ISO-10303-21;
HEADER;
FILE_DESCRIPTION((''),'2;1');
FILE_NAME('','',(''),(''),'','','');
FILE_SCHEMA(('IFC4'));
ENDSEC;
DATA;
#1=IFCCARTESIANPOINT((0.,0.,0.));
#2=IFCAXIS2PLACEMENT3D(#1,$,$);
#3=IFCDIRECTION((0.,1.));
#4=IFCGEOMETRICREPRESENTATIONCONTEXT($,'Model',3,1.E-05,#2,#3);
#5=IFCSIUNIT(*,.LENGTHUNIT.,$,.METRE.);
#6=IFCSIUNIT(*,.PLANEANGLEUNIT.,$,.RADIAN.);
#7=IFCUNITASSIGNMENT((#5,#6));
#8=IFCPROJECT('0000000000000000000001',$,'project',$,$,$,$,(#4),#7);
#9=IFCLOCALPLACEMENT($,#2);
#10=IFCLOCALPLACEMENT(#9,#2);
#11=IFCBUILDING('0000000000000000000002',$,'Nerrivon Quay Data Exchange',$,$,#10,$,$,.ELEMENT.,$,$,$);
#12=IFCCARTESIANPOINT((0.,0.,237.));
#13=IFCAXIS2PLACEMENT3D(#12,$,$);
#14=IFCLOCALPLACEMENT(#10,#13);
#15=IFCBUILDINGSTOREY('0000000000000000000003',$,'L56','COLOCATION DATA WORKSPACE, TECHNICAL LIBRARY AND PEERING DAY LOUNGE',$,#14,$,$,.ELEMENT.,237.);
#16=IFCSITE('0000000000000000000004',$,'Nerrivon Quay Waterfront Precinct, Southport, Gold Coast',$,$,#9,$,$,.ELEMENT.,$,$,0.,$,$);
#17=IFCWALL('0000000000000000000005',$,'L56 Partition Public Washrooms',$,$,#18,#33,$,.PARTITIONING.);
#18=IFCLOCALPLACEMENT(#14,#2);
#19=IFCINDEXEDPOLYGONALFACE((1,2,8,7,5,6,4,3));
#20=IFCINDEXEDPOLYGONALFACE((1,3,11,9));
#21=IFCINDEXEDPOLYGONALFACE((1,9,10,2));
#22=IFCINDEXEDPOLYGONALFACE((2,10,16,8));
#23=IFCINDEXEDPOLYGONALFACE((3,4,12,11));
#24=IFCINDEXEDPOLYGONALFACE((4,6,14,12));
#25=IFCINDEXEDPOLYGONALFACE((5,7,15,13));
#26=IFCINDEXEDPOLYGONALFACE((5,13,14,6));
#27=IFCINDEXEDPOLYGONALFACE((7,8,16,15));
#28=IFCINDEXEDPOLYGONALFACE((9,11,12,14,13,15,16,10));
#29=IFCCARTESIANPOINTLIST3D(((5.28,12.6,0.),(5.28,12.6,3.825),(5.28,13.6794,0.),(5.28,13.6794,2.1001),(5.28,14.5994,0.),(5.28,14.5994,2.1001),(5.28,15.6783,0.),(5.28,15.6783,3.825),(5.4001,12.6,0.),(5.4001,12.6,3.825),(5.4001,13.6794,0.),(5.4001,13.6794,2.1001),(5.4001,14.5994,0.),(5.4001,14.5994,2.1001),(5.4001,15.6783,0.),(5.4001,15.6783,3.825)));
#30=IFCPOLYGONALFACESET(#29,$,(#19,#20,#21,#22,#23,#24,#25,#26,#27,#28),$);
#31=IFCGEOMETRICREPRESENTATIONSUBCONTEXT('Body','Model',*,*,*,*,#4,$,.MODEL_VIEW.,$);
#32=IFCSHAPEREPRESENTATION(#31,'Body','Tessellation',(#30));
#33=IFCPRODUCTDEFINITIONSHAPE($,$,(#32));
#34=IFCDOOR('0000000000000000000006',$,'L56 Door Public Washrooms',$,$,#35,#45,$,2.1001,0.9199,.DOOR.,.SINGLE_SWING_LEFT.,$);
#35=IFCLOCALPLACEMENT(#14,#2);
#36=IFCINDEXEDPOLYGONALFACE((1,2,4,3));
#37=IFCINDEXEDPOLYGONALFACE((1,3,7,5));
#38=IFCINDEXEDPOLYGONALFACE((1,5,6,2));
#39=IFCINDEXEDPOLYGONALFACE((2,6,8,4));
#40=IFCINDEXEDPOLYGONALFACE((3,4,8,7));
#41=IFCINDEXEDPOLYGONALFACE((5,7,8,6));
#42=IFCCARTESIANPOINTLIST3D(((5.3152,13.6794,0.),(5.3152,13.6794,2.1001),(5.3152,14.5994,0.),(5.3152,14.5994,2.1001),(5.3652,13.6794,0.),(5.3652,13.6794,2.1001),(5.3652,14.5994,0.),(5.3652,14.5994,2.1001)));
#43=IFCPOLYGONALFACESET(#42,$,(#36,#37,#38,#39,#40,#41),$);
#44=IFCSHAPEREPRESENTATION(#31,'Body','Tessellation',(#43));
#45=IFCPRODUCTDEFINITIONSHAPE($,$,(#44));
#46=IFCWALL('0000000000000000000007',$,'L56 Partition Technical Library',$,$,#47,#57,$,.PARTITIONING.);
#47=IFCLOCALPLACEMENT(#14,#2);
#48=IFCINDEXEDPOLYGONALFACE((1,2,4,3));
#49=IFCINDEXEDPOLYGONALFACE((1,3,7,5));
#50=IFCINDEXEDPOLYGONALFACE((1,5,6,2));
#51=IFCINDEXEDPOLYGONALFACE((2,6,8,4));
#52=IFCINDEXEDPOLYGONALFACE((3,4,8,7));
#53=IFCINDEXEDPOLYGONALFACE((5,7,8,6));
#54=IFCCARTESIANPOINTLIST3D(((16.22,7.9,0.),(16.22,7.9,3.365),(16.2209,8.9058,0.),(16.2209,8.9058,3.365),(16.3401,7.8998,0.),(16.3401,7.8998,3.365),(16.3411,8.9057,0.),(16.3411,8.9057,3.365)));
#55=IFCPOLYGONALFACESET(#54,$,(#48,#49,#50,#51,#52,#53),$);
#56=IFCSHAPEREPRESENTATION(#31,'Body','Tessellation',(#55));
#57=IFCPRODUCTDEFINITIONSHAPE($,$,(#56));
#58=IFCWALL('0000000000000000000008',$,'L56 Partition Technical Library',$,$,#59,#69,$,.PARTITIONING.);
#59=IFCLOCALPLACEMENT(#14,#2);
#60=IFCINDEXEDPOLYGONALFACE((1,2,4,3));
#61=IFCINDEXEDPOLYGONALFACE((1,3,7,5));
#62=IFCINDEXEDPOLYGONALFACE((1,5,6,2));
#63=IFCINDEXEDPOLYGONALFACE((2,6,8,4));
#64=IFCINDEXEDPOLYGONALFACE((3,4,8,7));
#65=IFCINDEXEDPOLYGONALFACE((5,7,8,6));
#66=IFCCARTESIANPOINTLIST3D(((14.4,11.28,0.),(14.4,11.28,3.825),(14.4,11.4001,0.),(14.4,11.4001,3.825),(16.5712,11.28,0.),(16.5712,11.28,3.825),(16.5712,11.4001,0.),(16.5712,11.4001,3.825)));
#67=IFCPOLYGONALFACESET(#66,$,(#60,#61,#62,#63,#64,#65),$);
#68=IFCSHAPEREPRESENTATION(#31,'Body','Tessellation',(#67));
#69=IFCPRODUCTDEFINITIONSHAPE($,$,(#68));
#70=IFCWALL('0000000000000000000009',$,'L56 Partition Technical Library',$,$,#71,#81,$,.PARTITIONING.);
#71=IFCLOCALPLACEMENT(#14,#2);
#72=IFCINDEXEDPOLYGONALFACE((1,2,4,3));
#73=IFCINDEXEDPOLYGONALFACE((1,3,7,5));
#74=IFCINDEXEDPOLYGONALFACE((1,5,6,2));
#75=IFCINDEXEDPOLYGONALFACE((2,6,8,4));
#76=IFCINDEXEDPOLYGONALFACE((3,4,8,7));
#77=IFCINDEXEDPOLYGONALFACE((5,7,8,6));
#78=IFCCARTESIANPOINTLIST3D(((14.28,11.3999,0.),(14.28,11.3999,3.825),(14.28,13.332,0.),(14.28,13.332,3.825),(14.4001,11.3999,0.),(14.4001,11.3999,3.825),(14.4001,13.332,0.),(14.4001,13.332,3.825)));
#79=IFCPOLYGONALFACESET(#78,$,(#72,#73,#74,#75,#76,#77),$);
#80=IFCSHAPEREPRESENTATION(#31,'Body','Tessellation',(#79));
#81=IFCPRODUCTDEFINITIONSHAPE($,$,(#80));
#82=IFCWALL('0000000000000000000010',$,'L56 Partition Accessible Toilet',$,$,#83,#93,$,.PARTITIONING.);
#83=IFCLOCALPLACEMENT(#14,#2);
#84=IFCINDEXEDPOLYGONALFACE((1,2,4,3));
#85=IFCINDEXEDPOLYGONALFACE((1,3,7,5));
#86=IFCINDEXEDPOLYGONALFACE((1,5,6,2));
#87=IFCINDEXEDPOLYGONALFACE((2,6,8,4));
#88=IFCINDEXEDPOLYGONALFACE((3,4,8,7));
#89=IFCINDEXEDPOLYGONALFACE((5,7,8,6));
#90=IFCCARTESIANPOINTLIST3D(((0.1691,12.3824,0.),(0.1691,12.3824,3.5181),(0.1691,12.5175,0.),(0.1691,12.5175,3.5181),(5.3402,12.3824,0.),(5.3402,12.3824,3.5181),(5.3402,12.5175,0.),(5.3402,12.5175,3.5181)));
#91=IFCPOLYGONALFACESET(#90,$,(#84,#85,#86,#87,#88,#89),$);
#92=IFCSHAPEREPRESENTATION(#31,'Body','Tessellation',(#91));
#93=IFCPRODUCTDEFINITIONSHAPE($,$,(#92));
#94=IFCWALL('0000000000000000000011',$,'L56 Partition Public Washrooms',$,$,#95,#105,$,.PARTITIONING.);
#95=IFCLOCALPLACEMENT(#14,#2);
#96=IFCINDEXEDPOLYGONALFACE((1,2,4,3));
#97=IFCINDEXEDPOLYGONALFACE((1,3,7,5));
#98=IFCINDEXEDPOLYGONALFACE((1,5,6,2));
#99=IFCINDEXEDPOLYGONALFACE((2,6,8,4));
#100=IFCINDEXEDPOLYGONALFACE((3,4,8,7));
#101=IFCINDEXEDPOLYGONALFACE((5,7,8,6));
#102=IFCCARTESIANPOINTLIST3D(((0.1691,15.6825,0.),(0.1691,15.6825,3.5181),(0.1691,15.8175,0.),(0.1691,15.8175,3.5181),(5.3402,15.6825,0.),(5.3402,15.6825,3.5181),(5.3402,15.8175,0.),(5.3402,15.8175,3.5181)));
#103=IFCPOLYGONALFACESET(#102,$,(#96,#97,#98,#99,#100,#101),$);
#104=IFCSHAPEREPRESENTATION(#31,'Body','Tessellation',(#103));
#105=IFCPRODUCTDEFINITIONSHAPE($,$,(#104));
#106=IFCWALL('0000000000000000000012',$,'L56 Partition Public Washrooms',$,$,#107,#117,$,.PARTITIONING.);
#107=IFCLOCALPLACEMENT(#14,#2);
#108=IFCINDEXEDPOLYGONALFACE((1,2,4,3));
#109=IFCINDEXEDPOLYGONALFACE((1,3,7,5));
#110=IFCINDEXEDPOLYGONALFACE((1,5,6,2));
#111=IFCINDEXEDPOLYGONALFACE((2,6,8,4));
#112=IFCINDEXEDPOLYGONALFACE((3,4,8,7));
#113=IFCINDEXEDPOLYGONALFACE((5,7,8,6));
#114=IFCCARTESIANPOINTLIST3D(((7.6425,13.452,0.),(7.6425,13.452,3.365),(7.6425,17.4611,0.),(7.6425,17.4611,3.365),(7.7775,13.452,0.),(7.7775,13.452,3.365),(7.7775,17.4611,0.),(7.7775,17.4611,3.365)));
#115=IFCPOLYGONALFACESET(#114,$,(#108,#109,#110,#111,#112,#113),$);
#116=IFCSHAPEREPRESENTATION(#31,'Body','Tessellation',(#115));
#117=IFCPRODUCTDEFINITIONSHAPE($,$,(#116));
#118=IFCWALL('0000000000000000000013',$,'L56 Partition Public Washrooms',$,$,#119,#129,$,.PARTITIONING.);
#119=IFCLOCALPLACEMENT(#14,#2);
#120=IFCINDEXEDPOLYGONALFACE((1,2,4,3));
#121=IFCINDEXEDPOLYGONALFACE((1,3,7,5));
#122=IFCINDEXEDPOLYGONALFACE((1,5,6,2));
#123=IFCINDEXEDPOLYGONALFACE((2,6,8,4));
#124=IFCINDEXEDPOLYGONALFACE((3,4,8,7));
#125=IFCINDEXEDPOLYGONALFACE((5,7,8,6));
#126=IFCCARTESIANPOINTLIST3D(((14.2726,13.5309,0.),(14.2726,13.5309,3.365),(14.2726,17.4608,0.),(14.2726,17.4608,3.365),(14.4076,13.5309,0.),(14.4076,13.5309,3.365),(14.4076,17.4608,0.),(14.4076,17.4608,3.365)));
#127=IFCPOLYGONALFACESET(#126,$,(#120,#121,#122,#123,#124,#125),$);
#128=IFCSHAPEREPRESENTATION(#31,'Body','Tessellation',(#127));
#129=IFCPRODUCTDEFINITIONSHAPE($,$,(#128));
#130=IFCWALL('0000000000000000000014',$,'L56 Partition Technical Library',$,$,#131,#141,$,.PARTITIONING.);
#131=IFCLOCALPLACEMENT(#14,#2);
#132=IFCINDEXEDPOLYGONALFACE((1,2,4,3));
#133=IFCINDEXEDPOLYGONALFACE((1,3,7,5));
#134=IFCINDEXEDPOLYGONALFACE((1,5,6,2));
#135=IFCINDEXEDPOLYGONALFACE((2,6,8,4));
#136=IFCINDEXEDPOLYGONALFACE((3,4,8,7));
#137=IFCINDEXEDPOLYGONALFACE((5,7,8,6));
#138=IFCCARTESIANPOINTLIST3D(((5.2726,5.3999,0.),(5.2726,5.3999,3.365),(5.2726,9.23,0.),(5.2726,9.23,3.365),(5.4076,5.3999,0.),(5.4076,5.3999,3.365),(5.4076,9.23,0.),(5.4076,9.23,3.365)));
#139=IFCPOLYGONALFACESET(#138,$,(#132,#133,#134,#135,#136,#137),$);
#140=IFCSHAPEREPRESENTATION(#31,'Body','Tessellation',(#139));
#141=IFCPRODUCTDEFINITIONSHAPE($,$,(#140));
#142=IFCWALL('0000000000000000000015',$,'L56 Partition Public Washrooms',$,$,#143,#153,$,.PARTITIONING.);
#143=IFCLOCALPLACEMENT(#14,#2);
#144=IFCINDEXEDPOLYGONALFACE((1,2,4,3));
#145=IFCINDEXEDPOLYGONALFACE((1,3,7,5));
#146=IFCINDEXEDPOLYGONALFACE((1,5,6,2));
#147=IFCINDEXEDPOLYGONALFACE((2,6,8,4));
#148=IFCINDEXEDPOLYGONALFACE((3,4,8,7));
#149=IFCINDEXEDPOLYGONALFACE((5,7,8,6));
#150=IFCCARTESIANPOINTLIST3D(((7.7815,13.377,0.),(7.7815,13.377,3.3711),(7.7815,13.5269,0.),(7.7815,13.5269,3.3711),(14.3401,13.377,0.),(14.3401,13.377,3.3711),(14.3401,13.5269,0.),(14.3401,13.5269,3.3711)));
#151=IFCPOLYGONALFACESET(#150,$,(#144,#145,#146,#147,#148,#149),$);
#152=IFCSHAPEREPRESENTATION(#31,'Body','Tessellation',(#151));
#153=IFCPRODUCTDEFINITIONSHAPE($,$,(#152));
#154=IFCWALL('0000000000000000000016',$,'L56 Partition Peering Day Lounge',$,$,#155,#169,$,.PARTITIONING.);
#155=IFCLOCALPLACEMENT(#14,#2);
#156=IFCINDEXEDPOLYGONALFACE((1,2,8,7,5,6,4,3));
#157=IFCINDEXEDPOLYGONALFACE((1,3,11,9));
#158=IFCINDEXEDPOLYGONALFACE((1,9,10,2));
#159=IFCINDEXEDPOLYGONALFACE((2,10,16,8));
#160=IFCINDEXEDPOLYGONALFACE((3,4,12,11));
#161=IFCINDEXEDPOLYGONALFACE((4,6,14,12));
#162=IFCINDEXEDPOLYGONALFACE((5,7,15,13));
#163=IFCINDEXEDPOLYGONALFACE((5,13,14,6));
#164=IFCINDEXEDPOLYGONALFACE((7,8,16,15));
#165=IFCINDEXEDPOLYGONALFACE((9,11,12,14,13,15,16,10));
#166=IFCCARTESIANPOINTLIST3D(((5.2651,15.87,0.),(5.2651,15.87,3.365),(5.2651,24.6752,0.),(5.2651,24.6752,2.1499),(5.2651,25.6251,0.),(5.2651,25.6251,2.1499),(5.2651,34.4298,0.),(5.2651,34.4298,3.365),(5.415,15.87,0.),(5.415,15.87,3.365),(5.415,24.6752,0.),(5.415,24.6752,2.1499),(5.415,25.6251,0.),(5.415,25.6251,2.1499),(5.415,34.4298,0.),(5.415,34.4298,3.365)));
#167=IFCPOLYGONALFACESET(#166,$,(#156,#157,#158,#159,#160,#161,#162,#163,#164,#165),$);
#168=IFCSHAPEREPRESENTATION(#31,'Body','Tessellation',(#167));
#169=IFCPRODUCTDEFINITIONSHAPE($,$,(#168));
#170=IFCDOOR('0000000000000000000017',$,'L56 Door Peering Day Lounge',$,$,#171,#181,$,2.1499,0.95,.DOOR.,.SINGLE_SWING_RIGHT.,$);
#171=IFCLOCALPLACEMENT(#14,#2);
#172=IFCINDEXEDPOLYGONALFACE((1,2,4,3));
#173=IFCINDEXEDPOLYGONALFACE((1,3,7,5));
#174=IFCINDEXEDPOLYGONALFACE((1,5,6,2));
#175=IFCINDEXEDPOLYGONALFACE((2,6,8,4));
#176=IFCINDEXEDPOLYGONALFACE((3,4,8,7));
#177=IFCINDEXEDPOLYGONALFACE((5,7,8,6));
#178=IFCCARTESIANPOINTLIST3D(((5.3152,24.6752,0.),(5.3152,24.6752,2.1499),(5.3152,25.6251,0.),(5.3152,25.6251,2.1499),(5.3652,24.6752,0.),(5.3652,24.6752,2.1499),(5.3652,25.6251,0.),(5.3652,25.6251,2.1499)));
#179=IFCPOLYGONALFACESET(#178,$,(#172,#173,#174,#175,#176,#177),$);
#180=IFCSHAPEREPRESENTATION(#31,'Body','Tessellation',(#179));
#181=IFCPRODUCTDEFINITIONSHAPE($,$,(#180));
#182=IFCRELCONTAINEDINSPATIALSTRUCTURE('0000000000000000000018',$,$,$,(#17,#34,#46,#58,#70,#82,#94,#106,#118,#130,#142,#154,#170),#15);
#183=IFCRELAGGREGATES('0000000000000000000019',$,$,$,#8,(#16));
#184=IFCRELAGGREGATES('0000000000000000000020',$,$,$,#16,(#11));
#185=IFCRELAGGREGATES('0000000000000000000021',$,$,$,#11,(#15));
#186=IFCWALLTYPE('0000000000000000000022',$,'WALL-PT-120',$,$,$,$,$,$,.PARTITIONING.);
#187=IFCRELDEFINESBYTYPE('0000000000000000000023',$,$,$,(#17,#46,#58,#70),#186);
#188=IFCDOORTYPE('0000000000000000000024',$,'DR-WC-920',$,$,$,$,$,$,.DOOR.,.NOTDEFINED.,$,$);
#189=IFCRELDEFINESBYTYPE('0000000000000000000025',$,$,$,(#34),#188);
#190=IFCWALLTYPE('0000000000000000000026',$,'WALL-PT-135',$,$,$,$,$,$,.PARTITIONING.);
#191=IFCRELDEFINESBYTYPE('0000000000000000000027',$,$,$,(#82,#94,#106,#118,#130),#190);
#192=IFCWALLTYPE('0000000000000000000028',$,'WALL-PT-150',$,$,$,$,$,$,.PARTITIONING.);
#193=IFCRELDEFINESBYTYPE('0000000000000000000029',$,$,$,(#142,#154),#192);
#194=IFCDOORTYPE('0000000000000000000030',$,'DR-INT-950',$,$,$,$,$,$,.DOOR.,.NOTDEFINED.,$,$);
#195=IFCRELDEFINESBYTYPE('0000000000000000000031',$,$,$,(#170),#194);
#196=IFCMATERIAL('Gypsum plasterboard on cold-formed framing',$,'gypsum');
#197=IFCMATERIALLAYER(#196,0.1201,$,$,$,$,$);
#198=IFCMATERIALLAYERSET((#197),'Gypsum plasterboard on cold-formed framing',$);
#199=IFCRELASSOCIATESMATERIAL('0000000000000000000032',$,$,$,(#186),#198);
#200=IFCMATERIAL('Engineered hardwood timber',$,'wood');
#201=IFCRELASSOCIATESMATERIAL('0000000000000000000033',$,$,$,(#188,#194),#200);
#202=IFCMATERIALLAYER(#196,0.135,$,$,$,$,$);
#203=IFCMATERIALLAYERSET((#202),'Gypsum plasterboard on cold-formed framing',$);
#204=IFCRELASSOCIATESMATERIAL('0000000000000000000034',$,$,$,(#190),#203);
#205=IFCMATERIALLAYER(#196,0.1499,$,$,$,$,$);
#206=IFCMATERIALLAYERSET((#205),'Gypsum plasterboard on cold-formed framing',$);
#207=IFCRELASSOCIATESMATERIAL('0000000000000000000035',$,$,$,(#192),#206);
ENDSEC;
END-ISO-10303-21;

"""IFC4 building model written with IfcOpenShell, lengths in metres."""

from ifc_helpers import new_model, si_unit, direction, frame, frame_2d, origin, place, context, subcontext, project, spatial, rectangle, extrude, material, layer, layer_set, type_object, element, fill, save


model = new_model("IFC4")

# Units and contexts
model_context = context("Model", 3, precision=1e-05, world=origin(), true_north=direction((0.0, 1.0)))
body_context = subcontext(model_context, "Body", "Model", "MODEL_VIEW")
ifc_project = project(units=[si_unit("LENGTHUNIT", "METRE"), si_unit("PLANEANGLEUNIT", "RADIAN")], contexts=[model_context])

# Site, building, storey
site_placement = place(None, origin())
site = spatial("IfcSite", under=ifc_project, at=site_placement, Name="Nerrivon Quay Waterfront Precinct, Southport, Gold Coast", CompositionType="ELEMENT", RefElevation=0.0)
building_placement = place(site_placement, origin())
building = spatial("IfcBuilding", under=site, at=building_placement, Name="Nerrivon Quay Data Exchange", CompositionType="ELEMENT")
storey_placement = place(building_placement, frame((0.0, 0.0, 237.0)))
storey = spatial("IfcBuildingStorey", under=building, at=storey_placement, Name="L56", Description="COLOCATION DATA WORKSPACE, TECHNICAL LIBRARY AND PEERING DAY LOUNGE", CompositionType="ELEMENT", Elevation=237.0)

# Wall, opening, door
ifc_material_1 = material(Name="Gypsum plasterboard on cold-formed framing", Category="gypsum")
ifc_layer_1 = layer(ifc_material_1, 0.1201)
ifc_layer_set_1 = layer_set([ifc_layer_1], Name="Gypsum plasterboard on cold-formed framing")
wall_type_1 = type_object("IfcWallType", Name="WALL-PT-120", PredefinedType="PARTITIONING", material=ifc_layer_set_1)
ifc_material_2 = material(Name="Engineered hardwood timber", Category="wood")
door_type_1 = type_object("IfcDoorType", Name="DR-WC-920", OperationType="NOTDEFINED", PredefinedType="DOOR", material=ifc_material_2)
wall_1_placement = place(storey_placement, frame((5.3401, 12.6001, 0.0), z_axis=(0.0, 0.0, 1.0), x_axis=(0.0, 1.0, 0.0)))
wall_1 = element("IfcWall", 1, at=wall_1_placement, inside=storey, type_object=wall_type_1, Name="L56 Partition Public Washrooms", PredefinedType="PARTITIONING", context=body_context, shape_type="SweptSolid", body=[
    extrude(rectangle(XDim=3.0784, YDim=0.1201, at=frame_2d((1.5391, 0.0))), origin(), (0.0, 0.0, 1.0), 3.825),
])
opening_1_placement = place(wall_1_placement, frame((1.0793, 0.0, 0.0)))
opening_1 = element("IfcOpeningElement", 2, at=opening_1_placement, cuts=wall_1, PredefinedType="OPENING", context=body_context, shape_type="SweptSolid", body=[
    extrude(rectangle(XDim=0.9199, YDim=2.1001, at=frame_2d((0.46, 1.05))), frame((0.0, 0.0701, 0.0), z_axis=(0.0, -1.0, 0.0), x_axis=(1.0, 0.0, 0.0)), (0.0, 0.0, 1.0), 0.1401),
])
door_1_placement = place(opening_1_placement, origin())
door_1 = element("IfcDoor", 3, at=door_1_placement, inside=storey, type_object=door_type_1, Name="L56 Door Public Washrooms", OperationType="SINGLE_SWING_LEFT", OverallHeight=2.1001, OverallWidth=0.9199, PredefinedType="DOOR", context=body_context, shape_type="SweptSolid", body=[
    extrude(rectangle(XDim=0.9199, YDim=2.1001, at=frame_2d((0.46, 1.05))), frame((0.0, 0.0249, 0.0), z_axis=(0.0, -1.0, 0.0), x_axis=(1.0, 0.0, 0.0)), (0.0, 0.0, 1.0), 0.05),
])
fill(opening_1, door_1)

# Walls
wall_2_placement = place(storey_placement, frame((16.28, 7.8999, 0.0), z_axis=(0.0, 0.0, 1.0), x_axis=(0.000971, 1.0, 0.0)))
element("IfcWall", 4, at=wall_2_placement, inside=storey, type_object=wall_type_1, Name="L56 Partition Technical Library", PredefinedType="PARTITIONING", context=body_context, shape_type="SweptSolid", body=[
    extrude(rectangle(XDim=1.0059, YDim=0.1201, at=frame_2d((0.5029, 0.0))), origin(), (0.0, 0.0, 1.0), 3.365),
])
wall_3_placement = place(storey_placement, frame((16.571, 11.3401, 0.0), z_axis=(0.0, 0.0, 1.0), x_axis=(-1.0, 0.0, 0.0)))
element("IfcWall", 5, at=wall_3_placement, inside=storey, type_object=wall_type_1, Name="L56 Partition Technical Library", PredefinedType="PARTITIONING", context=body_context, shape_type="SweptSolid", body=[
    extrude(rectangle(XDim=2.1711, YDim=0.1201, at=frame_2d((1.0854, 0.0))), origin(), (0.0, 0.0, 1.0), 3.825),
])
wall_4_placement = place(storey_placement, frame((14.3401, 11.3999, 0.0), z_axis=(0.0, 0.0, 1.0), x_axis=(0.0, 1.0, 0.0)))
element("IfcWall", 6, at=wall_4_placement, inside=storey, type_object=wall_type_1, Name="L56 Partition Technical Library", PredefinedType="PARTITIONING", context=body_context, shape_type="SweptSolid", body=[
    extrude(rectangle(XDim=1.9321, YDim=0.1201, at=frame_2d((0.9661, 0.0))), origin(), (0.0, 0.0, 1.0), 3.825),
])
ifc_layer_2 = layer(ifc_material_1, 0.135)
ifc_layer_set_2 = layer_set([ifc_layer_2], Name="Gypsum plasterboard on cold-formed framing")
wall_type_2 = type_object("IfcWallType", Name="WALL-PT-135", PredefinedType="PARTITIONING", material=ifc_layer_set_2)
for number, where, z_axis, x_axis, name in (
    (7, (5.3401, 12.45, 0.0), (0.0, 0.0, 1.0), (-1.0, 0.0, 0.0), "L56 Partition Accessible Toilet"),
    (8, (5.3401, 15.75, 0.0), (0.0, 0.0, 1.0), (-1.0, 0.0, 0.0), "L56 Partition Public Washrooms"),
):
    element("IfcWall", number, at=place(storey_placement, frame(where, z_axis=z_axis, x_axis=x_axis)), inside=storey, type_object=wall_type_2, Name=name, PredefinedType="PARTITIONING", context=body_context, shape_type="SweptSolid", body=[
        extrude(rectangle(XDim=5.1711, YDim=0.135, at=frame_2d((2.5854, 0.0))), origin(), (0.0, 0.0, 1.0), 3.5181),
    ])
wall_5_placement = place(storey_placement, frame((7.71, 17.4609, 0.0), z_axis=(0.0, 0.0, 1.0), x_axis=(0.0, -1.0, 0.0)))
element("IfcWall", 9, at=wall_5_placement, inside=storey, type_object=wall_type_2, Name="L56 Partition Public Washrooms", PredefinedType="PARTITIONING", context=body_context, shape_type="SweptSolid", body=[
    extrude(rectangle(XDim=4.009, YDim=0.135, at=frame_2d((2.0044, 0.0))), origin(), (0.0, 0.0, 1.0), 3.365),
])
wall_6_placement = place(storey_placement, frame((14.3401, 13.531, 0.0), z_axis=(0.0, 0.0, 1.0), x_axis=(0.0, 1.0, 0.0)))
element("IfcWall", 10, at=wall_6_placement, inside=storey, type_object=wall_type_2, Name="L56 Partition Public Washrooms", PredefinedType="PARTITIONING", context=body_context, shape_type="SweptSolid", body=[
    extrude(rectangle(XDim=3.9299, YDim=0.135, at=frame_2d((1.9648, 0.0))), origin(), (0.0, 0.0, 1.0), 3.365),
])
wall_7_placement = place(storey_placement, frame((5.3401, 5.3999, 0.0), z_axis=(0.0, 0.0, 1.0), x_axis=(0.0, 1.0, 0.0)))
element("IfcWall", 11, at=wall_7_placement, inside=storey, type_object=wall_type_2, Name="L56 Partition Technical Library", PredefinedType="PARTITIONING", context=body_context, shape_type="SweptSolid", body=[
    extrude(rectangle(XDim=3.8301, YDim=0.135, at=frame_2d((1.915, 0.0))), origin(), (0.0, 0.0, 1.0), 3.365),
])
ifc_layer_3 = layer(ifc_material_1, 0.1499)
ifc_layer_set_3 = layer_set([ifc_layer_3], Name="Gypsum plasterboard on cold-formed framing")
wall_type_3 = type_object("IfcWallType", Name="WALL-PT-150", PredefinedType="PARTITIONING", material=ifc_layer_set_3)
wall_8_placement = place(storey_placement, frame((7.7815, 13.4519, 0.0), z_axis=(0.0, 0.0, 1.0), x_axis=(1.0, 0.0, 0.0)))
element("IfcWall", 12, at=wall_8_placement, inside=storey, type_object=wall_type_3, Name="L56 Partition Public Washrooms", PredefinedType="PARTITIONING", context=body_context, shape_type="SweptSolid", body=[
    extrude(rectangle(XDim=6.5586, YDim=0.1499, at=frame_2d((3.2793, 0.0))), origin(), (0.0, 0.0, 1.0), 3.3711),
])

# Wall, opening, door
wall_9_placement = place(storey_placement, frame((5.3401, 15.8701, 0.0), z_axis=(0.0, 0.0, 1.0), x_axis=(0.0, 1.0, 0.0)))
wall_9 = element("IfcWall", 13, at=wall_9_placement, inside=storey, type_object=wall_type_3, Name="L56 Partition Peering Day Lounge", PredefinedType="PARTITIONING", context=body_context, shape_type="SweptSolid", body=[
    extrude(rectangle(XDim=18.5598, YDim=0.1499, at=frame_2d((9.2798, 0.0))), origin(), (0.0, 0.0, 1.0), 3.365),
])
opening_2_placement = place(wall_9_placement, frame((8.8049, 0.0, 0.0)))
opening_2 = element("IfcOpeningElement", 14, at=opening_2_placement, cuts=wall_9, PredefinedType="OPENING", context=body_context, shape_type="SweptSolid", body=[
    extrude(rectangle(XDim=0.95, YDim=2.1499, at=frame_2d((0.4751, 1.075))), frame((0.0, 0.085, 0.0), z_axis=(0.0, -1.0, 0.0), x_axis=(1.0, 0.0, 0.0)), (0.0, 0.0, 1.0), 0.1699),
])
door_type_2 = type_object("IfcDoorType", Name="DR-INT-950", OperationType="NOTDEFINED", PredefinedType="DOOR", material=ifc_material_2)
door_2_placement = place(opening_2_placement, origin())
door_2 = element("IfcDoor", 15, at=door_2_placement, inside=storey, type_object=door_type_2, Name="L56 Door Peering Day Lounge", OperationType="SINGLE_SWING_RIGHT", OverallHeight=2.1499, OverallWidth=0.95, PredefinedType="DOOR", context=body_context, shape_type="SweptSolid", body=[
    extrude(rectangle(XDim=0.95, YDim=2.1499, at=frame_2d((0.4751, 1.075))), frame((0.0, 0.0249, 0.0), z_axis=(0.0, -1.0, 0.0), x_axis=(1.0, 0.0, 0.0)), (0.0, 0.0, 1.0), 0.05),
])
fill(opening_2, door_2)

save(model, "model.ifc")
